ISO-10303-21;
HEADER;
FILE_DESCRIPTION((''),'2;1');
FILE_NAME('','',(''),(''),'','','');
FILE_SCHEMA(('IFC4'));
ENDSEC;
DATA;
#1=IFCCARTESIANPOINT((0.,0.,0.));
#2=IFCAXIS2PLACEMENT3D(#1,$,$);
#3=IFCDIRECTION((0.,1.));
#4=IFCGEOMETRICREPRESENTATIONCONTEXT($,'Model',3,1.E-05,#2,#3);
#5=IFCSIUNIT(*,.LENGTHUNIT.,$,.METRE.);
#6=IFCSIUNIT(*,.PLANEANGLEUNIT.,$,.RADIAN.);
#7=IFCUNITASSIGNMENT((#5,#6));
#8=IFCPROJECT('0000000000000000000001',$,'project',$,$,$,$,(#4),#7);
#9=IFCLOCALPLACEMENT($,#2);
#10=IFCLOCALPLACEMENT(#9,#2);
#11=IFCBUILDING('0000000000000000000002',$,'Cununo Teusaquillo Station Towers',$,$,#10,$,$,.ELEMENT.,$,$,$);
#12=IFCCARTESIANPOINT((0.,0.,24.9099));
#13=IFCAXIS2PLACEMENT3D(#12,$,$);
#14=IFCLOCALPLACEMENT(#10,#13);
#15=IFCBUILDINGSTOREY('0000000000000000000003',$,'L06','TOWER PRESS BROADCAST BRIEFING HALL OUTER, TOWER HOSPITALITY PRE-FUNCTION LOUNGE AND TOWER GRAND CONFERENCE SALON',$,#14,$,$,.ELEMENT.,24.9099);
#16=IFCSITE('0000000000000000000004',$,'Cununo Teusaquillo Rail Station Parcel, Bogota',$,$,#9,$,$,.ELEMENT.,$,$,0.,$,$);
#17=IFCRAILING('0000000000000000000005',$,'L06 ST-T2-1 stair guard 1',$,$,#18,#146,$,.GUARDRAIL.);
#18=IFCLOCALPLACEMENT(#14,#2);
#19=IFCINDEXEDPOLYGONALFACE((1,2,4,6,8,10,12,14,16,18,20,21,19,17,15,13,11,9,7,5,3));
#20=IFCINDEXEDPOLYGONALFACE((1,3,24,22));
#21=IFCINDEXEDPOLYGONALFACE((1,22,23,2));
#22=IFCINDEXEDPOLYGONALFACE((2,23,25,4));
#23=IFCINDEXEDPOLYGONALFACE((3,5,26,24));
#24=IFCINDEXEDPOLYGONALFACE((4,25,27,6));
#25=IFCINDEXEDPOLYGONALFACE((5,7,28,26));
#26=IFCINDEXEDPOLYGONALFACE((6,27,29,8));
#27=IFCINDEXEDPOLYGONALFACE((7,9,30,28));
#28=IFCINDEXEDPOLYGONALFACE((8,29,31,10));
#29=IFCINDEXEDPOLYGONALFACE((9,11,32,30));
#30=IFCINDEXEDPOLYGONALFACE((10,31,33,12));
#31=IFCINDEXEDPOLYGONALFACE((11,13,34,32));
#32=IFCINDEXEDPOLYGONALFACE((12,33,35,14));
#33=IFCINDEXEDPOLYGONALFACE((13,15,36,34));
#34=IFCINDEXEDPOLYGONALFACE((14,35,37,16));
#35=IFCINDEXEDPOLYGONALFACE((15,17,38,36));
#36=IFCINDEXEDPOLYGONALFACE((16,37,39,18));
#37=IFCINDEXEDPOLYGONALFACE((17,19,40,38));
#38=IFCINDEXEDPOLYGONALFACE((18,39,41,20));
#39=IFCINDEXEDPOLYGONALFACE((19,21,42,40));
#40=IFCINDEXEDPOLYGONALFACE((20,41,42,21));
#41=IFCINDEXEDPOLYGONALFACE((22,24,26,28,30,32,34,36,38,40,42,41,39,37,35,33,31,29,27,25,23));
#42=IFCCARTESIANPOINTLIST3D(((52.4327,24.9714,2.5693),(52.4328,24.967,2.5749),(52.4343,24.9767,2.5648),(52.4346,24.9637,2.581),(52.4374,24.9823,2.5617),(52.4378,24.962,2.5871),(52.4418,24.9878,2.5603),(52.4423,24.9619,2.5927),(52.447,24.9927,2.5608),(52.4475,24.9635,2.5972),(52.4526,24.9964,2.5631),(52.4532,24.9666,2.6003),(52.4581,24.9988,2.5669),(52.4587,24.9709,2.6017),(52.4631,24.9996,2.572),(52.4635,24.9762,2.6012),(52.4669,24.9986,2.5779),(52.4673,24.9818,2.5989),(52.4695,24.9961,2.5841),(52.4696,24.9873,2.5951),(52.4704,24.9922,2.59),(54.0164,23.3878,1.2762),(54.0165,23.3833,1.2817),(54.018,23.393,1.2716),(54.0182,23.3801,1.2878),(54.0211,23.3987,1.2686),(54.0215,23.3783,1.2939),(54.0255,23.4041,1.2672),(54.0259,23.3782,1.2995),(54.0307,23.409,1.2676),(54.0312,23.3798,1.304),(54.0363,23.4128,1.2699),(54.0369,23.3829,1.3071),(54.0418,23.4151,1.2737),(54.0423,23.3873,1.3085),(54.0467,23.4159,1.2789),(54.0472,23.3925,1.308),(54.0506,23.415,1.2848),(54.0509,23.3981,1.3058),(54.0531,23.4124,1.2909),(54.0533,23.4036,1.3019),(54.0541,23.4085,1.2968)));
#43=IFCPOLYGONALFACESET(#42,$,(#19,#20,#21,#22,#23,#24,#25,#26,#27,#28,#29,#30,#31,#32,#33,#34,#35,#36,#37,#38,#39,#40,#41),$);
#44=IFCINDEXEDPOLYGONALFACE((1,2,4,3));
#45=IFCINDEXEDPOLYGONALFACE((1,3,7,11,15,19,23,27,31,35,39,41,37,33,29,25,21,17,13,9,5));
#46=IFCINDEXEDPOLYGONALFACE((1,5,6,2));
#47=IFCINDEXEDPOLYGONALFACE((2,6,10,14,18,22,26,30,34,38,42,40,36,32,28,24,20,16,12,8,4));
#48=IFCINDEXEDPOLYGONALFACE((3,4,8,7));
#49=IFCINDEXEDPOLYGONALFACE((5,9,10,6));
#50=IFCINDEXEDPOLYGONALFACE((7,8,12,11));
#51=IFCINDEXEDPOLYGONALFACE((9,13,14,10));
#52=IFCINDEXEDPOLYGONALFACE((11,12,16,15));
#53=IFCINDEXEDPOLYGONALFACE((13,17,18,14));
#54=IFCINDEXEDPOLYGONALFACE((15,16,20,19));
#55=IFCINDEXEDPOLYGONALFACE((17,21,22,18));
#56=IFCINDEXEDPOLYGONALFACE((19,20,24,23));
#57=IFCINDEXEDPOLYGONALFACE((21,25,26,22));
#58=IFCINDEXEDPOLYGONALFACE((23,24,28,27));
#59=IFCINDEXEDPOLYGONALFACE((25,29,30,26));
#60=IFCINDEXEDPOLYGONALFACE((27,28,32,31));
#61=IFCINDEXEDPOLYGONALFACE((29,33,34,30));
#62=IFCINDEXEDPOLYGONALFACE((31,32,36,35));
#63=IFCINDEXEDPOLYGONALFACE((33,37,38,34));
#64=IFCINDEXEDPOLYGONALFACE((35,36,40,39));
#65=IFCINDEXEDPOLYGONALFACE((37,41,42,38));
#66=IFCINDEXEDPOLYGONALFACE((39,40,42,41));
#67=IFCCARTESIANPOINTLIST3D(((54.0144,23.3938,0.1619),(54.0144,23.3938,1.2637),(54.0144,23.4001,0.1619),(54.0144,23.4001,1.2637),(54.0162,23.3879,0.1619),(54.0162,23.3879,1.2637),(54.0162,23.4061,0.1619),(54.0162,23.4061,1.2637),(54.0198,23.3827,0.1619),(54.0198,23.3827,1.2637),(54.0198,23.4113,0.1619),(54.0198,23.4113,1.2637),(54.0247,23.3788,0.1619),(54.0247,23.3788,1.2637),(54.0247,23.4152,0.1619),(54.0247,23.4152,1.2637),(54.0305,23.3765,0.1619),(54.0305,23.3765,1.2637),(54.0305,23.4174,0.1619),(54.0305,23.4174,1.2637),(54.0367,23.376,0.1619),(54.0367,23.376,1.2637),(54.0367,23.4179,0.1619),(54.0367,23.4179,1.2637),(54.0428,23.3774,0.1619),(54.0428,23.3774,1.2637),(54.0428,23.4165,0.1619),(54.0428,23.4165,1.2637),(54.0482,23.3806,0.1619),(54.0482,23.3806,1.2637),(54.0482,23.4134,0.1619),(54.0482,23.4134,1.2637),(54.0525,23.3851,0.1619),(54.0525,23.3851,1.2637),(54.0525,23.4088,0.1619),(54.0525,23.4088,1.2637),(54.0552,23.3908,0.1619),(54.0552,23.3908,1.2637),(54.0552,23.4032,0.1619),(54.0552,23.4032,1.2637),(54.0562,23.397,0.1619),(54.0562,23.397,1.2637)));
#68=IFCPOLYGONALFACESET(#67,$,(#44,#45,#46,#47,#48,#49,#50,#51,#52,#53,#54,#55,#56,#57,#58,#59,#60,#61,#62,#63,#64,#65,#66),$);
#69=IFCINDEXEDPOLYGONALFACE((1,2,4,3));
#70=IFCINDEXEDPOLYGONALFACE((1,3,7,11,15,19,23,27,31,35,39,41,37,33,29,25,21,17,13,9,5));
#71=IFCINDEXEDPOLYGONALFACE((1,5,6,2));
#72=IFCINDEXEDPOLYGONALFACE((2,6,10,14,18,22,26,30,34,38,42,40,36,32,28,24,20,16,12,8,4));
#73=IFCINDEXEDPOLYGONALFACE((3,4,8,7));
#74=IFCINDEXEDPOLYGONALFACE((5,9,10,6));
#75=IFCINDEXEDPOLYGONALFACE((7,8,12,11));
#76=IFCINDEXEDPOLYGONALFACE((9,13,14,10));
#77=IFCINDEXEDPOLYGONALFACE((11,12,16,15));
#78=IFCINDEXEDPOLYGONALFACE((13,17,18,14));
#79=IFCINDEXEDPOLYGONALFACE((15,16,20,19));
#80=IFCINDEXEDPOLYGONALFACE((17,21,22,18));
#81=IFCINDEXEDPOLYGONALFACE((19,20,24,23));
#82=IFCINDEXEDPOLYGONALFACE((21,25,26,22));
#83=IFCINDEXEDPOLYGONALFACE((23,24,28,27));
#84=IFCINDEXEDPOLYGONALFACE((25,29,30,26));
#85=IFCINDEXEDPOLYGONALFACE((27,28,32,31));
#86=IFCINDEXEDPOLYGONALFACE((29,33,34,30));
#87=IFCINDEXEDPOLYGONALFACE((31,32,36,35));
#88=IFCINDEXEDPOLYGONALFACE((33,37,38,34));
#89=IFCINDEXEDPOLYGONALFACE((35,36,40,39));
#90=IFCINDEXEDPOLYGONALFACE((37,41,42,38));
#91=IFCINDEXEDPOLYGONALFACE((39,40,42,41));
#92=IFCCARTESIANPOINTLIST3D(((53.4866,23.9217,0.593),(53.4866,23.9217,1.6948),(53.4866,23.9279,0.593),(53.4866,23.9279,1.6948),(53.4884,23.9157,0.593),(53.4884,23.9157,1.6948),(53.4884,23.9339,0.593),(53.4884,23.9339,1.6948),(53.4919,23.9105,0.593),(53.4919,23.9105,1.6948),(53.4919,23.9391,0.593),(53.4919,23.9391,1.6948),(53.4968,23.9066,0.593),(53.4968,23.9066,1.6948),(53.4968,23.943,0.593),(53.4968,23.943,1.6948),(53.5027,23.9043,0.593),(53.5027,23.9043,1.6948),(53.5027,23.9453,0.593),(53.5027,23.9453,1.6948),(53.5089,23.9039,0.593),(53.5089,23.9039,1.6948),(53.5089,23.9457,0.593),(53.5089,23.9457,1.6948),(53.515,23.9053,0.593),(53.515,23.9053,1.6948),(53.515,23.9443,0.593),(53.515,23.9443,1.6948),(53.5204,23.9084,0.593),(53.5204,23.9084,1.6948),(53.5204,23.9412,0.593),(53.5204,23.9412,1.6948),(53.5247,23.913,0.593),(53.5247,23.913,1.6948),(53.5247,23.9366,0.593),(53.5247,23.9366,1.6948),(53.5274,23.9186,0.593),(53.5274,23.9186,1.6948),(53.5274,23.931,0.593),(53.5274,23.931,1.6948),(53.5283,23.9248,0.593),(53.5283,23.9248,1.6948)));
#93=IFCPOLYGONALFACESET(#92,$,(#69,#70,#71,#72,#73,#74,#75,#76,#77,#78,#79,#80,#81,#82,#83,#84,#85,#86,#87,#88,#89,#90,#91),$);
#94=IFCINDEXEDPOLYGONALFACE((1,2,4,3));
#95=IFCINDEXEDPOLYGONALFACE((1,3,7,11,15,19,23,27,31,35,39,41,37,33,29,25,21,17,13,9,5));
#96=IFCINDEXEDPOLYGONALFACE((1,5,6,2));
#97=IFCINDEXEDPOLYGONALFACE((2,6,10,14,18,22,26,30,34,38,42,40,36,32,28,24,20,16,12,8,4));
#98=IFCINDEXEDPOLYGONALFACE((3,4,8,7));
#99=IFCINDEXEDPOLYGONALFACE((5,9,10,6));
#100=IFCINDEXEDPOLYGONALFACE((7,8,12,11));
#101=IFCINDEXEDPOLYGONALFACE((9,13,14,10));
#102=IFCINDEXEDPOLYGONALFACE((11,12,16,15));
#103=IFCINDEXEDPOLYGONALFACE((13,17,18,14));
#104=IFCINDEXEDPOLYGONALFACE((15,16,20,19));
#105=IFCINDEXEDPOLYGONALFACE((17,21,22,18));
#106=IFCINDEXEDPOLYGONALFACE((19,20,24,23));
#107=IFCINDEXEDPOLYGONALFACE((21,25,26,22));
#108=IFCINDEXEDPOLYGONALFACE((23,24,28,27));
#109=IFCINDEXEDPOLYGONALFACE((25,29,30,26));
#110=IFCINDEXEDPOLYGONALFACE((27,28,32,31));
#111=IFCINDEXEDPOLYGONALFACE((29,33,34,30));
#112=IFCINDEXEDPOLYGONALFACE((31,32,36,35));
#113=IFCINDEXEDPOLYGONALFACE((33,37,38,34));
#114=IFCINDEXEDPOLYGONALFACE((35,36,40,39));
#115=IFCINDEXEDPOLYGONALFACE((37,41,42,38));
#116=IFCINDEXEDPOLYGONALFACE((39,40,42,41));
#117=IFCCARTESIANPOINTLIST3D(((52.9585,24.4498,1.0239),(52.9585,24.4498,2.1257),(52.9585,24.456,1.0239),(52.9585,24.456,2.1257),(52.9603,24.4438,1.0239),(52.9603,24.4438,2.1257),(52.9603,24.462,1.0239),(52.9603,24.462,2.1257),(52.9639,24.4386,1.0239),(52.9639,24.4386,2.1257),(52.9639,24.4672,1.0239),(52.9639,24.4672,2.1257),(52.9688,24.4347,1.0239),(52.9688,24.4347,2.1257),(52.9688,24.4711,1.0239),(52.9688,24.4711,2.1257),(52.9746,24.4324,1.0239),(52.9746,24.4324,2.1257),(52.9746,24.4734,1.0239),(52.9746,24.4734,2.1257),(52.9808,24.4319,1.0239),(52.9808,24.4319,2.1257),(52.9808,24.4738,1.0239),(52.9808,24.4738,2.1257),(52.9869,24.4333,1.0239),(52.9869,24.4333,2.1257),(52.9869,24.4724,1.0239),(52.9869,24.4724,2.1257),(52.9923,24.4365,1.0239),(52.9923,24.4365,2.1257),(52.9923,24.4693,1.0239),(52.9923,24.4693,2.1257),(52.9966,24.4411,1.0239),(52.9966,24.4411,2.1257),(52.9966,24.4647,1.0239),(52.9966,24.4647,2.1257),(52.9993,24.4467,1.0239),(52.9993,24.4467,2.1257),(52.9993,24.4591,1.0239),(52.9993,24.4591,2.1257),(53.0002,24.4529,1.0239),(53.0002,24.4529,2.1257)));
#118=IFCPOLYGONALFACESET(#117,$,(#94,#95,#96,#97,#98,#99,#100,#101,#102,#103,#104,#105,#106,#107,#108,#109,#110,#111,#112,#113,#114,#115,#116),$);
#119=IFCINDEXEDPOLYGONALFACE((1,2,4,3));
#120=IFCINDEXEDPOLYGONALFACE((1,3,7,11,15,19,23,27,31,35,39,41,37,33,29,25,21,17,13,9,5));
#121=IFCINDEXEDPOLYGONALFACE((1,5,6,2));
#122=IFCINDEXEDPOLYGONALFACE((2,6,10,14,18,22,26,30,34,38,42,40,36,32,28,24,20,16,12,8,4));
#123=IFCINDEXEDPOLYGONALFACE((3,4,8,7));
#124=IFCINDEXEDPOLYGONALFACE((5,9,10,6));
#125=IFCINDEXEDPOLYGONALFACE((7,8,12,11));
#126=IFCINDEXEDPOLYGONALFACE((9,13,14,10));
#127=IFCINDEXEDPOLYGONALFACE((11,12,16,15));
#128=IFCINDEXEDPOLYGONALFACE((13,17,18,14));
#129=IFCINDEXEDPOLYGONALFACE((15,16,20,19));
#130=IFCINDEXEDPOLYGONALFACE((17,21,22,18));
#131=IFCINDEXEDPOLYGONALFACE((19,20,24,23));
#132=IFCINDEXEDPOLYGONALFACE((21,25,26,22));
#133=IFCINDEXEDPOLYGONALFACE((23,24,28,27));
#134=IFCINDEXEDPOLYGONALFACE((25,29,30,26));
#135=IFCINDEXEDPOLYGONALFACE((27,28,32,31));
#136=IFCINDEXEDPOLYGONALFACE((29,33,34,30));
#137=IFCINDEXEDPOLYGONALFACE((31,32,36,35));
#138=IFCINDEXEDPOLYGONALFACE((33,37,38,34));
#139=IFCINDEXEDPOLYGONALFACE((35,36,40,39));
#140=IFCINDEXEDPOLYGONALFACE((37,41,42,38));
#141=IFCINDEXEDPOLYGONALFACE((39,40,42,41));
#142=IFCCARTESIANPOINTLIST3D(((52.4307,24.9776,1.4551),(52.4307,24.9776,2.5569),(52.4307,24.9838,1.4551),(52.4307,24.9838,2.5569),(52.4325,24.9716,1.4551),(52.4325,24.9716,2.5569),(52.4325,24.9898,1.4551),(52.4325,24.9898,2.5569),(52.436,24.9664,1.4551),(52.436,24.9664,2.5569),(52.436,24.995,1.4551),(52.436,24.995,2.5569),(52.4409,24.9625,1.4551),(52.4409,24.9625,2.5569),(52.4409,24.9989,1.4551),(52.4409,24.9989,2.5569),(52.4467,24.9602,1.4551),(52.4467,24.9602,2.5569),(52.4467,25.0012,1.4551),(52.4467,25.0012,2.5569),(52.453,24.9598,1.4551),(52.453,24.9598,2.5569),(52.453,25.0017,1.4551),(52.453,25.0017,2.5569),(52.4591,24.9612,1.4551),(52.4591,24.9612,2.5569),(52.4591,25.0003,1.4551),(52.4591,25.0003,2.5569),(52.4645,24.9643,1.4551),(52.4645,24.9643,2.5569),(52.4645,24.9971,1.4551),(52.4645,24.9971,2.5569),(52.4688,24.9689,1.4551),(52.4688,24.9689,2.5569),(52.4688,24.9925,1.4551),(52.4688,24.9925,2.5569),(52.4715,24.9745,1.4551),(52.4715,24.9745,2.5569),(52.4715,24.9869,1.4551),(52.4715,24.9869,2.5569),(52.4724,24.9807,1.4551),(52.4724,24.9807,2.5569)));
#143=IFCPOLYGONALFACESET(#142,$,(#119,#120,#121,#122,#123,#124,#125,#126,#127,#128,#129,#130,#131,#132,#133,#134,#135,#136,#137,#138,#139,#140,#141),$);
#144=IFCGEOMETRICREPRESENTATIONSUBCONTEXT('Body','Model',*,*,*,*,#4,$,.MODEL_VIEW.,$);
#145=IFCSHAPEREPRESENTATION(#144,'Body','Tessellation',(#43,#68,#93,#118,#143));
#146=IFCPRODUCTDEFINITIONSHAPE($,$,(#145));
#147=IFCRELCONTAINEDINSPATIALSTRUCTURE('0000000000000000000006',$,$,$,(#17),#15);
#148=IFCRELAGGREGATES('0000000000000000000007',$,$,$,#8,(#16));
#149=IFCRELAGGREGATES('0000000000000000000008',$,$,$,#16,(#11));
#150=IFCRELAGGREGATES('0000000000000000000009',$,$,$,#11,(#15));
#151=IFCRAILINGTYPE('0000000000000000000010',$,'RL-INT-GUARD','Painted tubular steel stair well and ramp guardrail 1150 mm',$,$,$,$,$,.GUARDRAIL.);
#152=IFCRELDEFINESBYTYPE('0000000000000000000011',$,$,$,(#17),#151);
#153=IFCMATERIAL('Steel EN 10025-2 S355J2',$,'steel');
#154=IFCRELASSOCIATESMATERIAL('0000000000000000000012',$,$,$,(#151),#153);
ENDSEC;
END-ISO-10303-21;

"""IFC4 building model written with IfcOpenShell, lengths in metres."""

from ifc_helpers import new_model, si_unit, direction, frame, origin, origin_2d, place, context, subcontext, project, spatial, circle, extrude, material, type_object, element, save


model = new_model("IFC4")

# Units and contexts
model_context = context("Model", 3, precision=1e-05, world=origin(), true_north=direction((0.0, 1.0)))
body_context = subcontext(model_context, "Body", "Model", "MODEL_VIEW")
ifc_project = project(units=[si_unit("LENGTHUNIT", "METRE"), si_unit("PLANEANGLEUNIT", "RADIAN")], contexts=[model_context])

# Site, building, storey
site_placement = place(None, origin())
site = spatial("IfcSite", under=ifc_project, at=site_placement, Name="Cununo Teusaquillo Rail Station Parcel, Bogota", CompositionType="ELEMENT", RefElevation=0.0)
building_placement = place(site_placement, origin())
building = spatial("IfcBuilding", under=site, at=building_placement, Name="Cununo Teusaquillo Station Towers", CompositionType="ELEMENT")
storey_placement = place(building_placement, frame((0.0, 0.0, 24.9099)))
storey = spatial("IfcBuildingStorey", under=building, at=storey_placement, Name="L06", Description="TOWER PRESS BROADCAST BRIEFING HALL OUTER, TOWER HOSPITALITY PRE-FUNCTION LOUNGE AND TOWER GRAND CONFERENCE SALON", CompositionType="ELEMENT", Elevation=24.9099)

# Railing
ifc_material_1 = material(Name="Steel EN 10025-2 S355J2", Category="steel")
railing_type_1 = type_object("IfcRailingType", Name="RL-INT-GUARD", Description="Painted tubular steel stair well and ramp guardrail 1150 mm", PredefinedType="GUARDRAIL", material=ifc_material_1)
railing_1_placement = place(storey_placement, frame((54.0352, 23.397, 0.1619)))
element("IfcRailing", 1, at=railing_1_placement, inside=storey, type_object=railing_type_1, Name="L06 ST-T2-1 stair guard 1", PredefinedType="GUARDRAIL", context=body_context, shape_type="SweptSolid", body=[
    extrude(circle(Radius=0.0239, at=origin_2d()), frame((0.0, 0.0, 1.126), z_axis=(-0.612361, 0.612361, 0.500027), x_axis=(-0.707107, -0.707107, 0.0)), (0.0, 0.0, 1.0), 2.5862),
    extrude(circle(Radius=0.021, at=origin_2d()), origin(), (0.0, 0.0, 1.0), 1.1018),
    extrude(circle(Radius=0.021, at=origin_2d()), frame((-0.5278, 0.5278, 0.4312)), (0.0, 0.0, 1.0), 1.1018),
    extrude(circle(Radius=0.021, at=origin_2d()), frame((-1.0559, 1.0559, 0.8621)), (0.0, 0.0, 1.0), 1.1018),
    extrude(circle(Radius=0.021, at=origin_2d()), frame((-1.5837, 1.5837, 1.2932)), (0.0, 0.0, 1.0), 1.1018),
])

save(model, "model.ifc")
